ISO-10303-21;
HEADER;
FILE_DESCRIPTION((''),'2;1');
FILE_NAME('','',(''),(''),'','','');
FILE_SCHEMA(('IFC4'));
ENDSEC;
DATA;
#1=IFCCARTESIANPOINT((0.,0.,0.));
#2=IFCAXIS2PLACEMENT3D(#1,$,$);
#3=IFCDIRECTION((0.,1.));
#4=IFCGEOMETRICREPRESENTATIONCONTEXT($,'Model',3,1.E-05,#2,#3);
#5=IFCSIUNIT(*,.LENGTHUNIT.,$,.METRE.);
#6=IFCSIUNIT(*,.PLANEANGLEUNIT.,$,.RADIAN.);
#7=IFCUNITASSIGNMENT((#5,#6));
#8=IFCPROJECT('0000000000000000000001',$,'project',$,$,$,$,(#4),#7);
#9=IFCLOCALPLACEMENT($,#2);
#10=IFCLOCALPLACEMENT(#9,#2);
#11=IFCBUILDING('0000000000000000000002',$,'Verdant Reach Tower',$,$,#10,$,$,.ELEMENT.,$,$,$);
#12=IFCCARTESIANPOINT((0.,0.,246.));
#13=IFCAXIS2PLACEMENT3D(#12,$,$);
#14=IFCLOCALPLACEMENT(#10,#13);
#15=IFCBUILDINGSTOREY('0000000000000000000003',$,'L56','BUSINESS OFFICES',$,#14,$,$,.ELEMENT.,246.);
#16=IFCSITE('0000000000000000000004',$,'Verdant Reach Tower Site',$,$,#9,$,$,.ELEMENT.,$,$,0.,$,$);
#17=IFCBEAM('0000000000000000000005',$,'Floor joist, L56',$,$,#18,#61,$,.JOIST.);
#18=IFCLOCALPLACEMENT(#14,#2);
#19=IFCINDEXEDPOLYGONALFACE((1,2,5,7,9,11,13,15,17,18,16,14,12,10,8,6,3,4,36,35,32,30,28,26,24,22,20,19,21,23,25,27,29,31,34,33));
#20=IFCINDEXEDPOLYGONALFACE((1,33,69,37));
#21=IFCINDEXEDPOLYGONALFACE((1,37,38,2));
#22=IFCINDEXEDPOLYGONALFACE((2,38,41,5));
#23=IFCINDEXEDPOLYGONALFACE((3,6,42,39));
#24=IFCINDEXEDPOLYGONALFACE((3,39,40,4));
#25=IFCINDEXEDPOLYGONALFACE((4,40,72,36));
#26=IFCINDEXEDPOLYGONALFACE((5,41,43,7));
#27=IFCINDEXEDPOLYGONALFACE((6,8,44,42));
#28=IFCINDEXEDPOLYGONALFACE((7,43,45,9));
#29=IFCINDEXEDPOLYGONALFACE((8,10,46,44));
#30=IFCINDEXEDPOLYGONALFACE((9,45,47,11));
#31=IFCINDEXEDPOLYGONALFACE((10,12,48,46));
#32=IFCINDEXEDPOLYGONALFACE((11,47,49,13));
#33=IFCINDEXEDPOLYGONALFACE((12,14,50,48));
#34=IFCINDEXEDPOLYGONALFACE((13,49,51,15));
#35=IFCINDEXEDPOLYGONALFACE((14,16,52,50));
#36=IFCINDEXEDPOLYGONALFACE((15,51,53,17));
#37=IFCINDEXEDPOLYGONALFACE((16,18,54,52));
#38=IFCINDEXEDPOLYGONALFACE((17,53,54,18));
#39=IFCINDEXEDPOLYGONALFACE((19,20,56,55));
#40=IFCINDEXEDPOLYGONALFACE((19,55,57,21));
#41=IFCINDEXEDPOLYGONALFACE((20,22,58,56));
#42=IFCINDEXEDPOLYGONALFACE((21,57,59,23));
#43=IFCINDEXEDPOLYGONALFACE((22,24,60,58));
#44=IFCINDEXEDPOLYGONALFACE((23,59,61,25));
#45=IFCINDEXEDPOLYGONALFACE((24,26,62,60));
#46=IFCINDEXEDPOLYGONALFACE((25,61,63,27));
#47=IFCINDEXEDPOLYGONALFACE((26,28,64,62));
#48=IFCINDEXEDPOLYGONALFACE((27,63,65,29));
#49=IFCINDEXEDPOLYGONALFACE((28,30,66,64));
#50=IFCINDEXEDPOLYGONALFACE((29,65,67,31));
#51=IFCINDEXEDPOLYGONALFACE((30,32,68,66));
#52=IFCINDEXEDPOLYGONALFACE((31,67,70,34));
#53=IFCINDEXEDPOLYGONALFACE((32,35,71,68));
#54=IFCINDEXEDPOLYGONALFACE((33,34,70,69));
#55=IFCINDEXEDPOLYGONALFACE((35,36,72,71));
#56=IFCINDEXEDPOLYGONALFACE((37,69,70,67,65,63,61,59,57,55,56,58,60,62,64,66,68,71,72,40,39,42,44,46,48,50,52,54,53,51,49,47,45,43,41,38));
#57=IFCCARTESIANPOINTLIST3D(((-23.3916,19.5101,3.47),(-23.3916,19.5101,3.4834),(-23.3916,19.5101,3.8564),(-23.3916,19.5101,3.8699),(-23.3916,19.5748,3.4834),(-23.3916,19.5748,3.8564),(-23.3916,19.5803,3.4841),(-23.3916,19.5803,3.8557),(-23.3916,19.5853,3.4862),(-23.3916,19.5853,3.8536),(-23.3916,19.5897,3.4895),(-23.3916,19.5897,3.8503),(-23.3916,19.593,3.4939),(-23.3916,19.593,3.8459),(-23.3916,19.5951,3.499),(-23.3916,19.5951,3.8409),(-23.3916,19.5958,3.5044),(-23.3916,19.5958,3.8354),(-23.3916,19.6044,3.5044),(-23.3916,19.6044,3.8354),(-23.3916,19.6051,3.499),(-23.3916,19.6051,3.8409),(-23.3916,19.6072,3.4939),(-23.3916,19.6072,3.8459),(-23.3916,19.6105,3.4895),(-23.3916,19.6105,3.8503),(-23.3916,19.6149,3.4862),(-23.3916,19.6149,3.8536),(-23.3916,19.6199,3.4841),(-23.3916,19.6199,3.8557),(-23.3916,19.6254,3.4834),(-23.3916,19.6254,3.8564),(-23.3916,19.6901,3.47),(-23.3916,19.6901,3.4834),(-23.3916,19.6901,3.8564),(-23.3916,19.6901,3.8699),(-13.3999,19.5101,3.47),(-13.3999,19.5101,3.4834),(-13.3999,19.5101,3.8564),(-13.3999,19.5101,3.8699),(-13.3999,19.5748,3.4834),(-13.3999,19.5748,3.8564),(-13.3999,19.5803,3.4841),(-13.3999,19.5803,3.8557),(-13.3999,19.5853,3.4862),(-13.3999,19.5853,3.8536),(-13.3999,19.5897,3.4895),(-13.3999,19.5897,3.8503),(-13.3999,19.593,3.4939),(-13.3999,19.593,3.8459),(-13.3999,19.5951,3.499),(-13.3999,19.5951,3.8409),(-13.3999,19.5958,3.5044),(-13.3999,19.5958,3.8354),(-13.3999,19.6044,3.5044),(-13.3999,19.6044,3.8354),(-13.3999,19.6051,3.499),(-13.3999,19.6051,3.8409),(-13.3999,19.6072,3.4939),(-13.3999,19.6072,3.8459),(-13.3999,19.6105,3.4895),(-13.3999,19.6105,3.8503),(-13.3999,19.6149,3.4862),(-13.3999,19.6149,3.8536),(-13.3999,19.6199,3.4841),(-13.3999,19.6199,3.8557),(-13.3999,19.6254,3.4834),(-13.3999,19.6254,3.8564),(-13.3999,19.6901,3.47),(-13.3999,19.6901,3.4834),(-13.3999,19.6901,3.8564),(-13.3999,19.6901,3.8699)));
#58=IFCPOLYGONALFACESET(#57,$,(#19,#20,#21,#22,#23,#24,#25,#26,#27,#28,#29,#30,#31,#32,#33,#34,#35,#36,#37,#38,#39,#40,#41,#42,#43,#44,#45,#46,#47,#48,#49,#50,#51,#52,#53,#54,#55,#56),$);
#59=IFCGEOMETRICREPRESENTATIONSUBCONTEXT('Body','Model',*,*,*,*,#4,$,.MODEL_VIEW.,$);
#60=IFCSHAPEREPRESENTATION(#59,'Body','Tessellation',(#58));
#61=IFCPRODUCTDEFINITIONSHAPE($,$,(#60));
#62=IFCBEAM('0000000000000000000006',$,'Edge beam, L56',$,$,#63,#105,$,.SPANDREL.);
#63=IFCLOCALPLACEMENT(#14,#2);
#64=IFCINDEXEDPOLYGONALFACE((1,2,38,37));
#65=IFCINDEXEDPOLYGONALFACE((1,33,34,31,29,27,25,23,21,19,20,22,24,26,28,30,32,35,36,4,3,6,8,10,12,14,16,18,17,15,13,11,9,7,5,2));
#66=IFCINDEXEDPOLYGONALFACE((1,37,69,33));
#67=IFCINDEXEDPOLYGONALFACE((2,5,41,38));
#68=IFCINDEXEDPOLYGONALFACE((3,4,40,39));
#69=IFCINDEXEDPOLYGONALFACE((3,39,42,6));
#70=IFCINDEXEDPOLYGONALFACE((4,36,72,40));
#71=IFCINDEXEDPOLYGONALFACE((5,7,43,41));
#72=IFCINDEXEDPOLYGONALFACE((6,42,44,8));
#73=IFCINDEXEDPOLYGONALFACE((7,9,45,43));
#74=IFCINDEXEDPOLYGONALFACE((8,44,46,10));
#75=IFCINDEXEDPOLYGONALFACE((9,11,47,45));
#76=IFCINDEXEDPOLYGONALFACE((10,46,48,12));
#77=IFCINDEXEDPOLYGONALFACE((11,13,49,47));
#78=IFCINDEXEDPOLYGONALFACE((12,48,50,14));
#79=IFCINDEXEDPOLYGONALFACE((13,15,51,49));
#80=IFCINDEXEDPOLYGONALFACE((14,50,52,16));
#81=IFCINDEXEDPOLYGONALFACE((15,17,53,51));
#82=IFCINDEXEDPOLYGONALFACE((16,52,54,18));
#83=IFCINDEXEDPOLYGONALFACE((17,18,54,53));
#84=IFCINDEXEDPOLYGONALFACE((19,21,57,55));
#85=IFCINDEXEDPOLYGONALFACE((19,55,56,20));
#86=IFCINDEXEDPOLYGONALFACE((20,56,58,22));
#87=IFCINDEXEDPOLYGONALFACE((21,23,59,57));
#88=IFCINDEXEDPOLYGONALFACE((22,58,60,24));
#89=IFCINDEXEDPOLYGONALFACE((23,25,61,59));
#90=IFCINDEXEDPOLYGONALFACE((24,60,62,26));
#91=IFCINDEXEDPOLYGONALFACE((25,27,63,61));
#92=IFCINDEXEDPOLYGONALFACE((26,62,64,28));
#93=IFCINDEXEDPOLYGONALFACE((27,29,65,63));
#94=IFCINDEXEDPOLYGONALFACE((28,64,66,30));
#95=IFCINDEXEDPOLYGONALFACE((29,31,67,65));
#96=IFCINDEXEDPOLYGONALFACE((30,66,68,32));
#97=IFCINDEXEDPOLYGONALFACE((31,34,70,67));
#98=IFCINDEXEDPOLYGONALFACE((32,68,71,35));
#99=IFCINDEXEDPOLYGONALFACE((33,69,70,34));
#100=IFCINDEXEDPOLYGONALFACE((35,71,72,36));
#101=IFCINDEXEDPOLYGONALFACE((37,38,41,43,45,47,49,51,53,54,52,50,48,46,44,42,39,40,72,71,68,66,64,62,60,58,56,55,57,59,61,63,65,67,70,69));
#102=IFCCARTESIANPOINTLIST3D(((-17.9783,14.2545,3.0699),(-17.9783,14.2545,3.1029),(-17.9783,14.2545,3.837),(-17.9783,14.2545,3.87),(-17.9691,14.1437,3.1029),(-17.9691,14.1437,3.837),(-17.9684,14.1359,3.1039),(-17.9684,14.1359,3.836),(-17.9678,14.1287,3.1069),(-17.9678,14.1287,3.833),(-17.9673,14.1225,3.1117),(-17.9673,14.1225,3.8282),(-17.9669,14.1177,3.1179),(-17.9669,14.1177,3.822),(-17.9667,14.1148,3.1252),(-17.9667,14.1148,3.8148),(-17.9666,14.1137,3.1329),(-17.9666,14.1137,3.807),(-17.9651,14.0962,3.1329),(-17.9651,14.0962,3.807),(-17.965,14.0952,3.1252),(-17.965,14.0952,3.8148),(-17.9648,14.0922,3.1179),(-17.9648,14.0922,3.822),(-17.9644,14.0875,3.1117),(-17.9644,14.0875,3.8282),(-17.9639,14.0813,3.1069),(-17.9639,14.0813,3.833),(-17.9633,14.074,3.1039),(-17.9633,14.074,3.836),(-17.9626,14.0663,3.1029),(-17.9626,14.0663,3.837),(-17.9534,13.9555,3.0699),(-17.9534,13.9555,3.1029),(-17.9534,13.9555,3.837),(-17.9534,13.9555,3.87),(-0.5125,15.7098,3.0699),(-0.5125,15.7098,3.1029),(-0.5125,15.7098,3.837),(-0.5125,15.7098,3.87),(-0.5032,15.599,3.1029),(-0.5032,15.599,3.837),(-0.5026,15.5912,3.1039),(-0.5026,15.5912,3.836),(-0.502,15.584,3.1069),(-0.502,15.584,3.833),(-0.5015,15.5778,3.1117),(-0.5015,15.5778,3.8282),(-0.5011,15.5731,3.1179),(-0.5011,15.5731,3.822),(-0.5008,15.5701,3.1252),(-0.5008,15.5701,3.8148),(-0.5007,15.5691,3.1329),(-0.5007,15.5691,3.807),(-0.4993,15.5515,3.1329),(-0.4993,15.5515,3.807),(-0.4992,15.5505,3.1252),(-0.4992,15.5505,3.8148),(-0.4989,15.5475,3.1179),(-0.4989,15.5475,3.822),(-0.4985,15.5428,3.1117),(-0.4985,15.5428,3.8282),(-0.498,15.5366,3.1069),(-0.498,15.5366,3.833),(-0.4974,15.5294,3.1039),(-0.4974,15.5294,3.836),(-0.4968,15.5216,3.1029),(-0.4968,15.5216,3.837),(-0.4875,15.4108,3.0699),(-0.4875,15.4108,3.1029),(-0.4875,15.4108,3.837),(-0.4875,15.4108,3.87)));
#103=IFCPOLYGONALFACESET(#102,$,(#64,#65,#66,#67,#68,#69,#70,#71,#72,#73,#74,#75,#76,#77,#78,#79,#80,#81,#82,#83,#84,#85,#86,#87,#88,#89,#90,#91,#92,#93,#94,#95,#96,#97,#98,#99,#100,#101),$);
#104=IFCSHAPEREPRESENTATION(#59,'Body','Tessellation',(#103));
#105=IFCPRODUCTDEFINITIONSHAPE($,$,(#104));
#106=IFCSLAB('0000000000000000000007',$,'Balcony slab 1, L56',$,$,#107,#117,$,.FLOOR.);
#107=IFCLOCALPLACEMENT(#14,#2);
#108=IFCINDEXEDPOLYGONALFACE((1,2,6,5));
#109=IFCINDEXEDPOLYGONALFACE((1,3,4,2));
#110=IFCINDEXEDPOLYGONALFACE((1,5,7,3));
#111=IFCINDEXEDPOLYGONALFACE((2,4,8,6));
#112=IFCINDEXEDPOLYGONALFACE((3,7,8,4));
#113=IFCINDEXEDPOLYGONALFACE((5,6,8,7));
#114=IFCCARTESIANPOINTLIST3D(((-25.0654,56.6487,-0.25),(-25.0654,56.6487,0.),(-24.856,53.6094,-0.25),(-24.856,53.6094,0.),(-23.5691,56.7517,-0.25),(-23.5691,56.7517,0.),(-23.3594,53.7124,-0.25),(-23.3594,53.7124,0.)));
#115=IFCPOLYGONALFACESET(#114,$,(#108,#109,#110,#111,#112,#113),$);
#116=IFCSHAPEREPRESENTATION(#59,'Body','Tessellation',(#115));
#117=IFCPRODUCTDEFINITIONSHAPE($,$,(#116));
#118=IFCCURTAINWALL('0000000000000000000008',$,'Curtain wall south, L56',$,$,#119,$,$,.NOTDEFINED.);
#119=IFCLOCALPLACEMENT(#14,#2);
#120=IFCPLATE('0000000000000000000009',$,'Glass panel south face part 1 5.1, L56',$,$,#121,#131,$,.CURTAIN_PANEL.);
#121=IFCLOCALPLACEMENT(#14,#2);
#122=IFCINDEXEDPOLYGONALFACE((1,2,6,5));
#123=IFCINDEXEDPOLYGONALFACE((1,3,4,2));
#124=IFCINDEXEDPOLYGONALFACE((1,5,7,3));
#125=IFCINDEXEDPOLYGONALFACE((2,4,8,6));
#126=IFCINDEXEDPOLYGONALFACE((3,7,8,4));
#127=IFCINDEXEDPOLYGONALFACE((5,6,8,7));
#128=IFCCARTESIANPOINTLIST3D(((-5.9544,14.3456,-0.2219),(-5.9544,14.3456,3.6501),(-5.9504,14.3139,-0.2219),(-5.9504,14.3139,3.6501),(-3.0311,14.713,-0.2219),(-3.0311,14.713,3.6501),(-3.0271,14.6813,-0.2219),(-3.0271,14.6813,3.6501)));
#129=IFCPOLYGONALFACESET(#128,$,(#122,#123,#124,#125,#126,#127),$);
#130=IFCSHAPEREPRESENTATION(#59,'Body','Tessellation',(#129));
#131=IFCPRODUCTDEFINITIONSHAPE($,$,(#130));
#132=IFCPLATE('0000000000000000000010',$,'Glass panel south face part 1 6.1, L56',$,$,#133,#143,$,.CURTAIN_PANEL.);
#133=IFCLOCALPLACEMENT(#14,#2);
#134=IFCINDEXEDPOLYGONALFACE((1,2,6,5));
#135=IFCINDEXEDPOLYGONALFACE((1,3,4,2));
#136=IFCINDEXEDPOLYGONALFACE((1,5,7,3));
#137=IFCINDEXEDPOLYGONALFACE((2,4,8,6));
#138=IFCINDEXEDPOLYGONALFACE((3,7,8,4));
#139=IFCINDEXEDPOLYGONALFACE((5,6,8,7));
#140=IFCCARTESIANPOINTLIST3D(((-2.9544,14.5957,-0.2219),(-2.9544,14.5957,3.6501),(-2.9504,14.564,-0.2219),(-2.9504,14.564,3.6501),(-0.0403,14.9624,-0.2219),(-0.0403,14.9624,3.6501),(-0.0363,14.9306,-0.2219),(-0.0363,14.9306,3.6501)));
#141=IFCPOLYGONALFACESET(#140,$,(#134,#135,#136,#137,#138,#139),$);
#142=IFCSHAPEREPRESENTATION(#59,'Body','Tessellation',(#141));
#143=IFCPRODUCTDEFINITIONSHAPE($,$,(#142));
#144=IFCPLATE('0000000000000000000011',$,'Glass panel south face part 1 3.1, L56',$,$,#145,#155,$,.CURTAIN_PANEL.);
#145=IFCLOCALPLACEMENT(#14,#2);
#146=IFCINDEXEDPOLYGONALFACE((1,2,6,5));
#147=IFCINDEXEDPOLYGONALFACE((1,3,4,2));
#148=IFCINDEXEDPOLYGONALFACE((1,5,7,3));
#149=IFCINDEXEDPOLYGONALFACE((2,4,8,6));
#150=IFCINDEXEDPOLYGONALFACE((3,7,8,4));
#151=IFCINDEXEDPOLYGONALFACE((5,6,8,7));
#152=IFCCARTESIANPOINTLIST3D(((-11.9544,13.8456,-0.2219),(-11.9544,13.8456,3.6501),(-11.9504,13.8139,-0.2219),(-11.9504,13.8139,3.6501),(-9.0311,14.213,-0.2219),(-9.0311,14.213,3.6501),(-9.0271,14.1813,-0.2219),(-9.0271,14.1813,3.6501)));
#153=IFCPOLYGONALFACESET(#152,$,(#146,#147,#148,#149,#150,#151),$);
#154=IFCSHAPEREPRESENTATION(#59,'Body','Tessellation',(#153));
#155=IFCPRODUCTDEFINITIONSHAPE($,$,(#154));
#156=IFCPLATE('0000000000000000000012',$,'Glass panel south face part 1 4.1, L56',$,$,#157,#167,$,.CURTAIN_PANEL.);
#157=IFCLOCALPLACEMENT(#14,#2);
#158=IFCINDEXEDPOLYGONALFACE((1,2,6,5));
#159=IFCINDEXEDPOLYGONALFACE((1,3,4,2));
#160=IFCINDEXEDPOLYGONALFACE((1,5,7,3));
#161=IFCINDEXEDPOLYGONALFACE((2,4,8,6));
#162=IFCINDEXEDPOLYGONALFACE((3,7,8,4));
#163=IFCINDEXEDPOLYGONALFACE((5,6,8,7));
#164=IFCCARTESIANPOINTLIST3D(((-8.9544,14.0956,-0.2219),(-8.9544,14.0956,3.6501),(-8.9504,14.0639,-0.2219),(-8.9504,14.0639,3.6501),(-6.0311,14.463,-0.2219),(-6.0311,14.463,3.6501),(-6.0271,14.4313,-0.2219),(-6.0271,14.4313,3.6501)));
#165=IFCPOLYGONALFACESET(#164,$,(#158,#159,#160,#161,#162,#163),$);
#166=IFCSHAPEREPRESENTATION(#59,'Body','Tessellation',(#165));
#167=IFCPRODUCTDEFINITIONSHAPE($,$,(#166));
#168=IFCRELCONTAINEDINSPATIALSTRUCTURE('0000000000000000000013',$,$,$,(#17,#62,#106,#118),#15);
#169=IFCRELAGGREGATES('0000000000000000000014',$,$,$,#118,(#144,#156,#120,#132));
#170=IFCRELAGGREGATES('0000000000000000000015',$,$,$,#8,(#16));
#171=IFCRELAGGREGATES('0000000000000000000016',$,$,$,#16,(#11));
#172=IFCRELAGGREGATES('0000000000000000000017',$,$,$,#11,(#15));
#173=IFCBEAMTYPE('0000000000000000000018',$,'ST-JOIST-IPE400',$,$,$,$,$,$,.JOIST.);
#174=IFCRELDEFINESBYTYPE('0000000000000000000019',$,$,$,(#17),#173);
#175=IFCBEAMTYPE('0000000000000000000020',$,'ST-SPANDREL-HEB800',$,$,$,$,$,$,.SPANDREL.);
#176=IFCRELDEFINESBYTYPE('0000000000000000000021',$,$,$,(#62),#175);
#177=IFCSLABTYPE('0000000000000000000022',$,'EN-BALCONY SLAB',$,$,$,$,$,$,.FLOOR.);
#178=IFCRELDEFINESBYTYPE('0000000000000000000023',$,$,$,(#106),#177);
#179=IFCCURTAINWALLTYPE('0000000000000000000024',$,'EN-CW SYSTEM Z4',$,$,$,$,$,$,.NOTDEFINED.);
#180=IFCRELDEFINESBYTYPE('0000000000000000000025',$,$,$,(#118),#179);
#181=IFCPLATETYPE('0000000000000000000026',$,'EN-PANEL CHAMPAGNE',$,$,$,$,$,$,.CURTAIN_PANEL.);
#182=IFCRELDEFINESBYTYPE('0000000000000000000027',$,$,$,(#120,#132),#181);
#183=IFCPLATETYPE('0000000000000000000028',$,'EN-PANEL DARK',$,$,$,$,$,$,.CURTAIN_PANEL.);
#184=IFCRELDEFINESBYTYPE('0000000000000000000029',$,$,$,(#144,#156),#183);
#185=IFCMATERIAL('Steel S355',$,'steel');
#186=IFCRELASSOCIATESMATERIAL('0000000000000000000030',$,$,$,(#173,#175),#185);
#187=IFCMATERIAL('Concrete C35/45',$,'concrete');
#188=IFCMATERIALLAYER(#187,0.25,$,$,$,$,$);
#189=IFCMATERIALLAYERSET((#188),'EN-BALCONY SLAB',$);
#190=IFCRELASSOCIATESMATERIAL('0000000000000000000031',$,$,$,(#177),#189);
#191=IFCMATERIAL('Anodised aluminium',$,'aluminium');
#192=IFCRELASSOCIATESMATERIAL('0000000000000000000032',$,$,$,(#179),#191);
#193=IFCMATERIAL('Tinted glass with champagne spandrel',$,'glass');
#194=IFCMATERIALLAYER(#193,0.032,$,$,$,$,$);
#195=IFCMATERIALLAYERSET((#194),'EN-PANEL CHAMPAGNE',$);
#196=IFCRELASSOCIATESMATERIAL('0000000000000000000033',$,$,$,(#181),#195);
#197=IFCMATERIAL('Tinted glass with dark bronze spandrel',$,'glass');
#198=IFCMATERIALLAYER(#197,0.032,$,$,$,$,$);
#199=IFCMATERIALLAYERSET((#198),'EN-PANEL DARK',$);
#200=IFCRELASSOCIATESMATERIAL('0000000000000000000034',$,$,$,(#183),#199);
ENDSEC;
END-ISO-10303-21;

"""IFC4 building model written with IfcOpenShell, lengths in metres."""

from ifc_helpers import new_model, si_unit, direction, frame, origin, origin_2d, place, context, subcontext, project, spatial, polyline, rectangle, i_section, outline, extrude, material, layer, layer_set, material_profile, profile_set, type_object, element, aggregate, save


model = new_model("IFC4")

# Units and contexts
model_context = context("Model", 3, precision=1e-05, world=origin(), true_north=direction((0.0, 1.0)))
body_context = subcontext(model_context, "Body", "Model", "MODEL_VIEW")
ifc_project = project(units=[si_unit("LENGTHUNIT", "METRE"), si_unit("PLANEANGLEUNIT", "RADIAN")], contexts=[model_context])

# Site, building, storey
site_placement = place(None, origin())
site = spatial("IfcSite", under=ifc_project, at=site_placement, Name="Verdant Reach Tower Site", CompositionType="ELEMENT", RefElevation=0.0)
building_placement = place(site_placement, origin())
building = spatial("IfcBuilding", under=site, at=building_placement, Name="Verdant Reach Tower", CompositionType="ELEMENT")
storey_placement = place(building_placement, frame((0.0, 0.0, 246.0)))
storey = spatial("IfcBuildingStorey", under=building, at=storey_placement, Name="L56", Description="BUSINESS OFFICES", CompositionType="ELEMENT", Elevation=246.0)

# Beams
ifc_material_1 = material(Name="Steel S355", Category="steel")
ifc_material_profile_1 = material_profile(ifc_material_1, i_section(OverallWidth=0.1799, OverallDepth=0.3999, WebThickness=0.0085, FlangeThickness=0.0134, FilletRadius=0.021, at=origin_2d()), Name="IPE 400")
ifc_profile_set_1 = profile_set([ifc_material_profile_1], Name="Steel S355")
beam_type_1 = type_object("IfcBeamType", Name="ST-JOIST-IPE400", PredefinedType="JOIST", material=ifc_profile_set_1)
beam_1_placement = place(storey_placement, frame((-13.3999, 19.6001, 3.6699), z_axis=(-1.0, 0.0, 0.0), x_axis=(0.0, -1.0, 0.0)))
element("IfcBeam", 1, at=beam_1_placement, inside=storey, type_object=beam_type_1, Name="Floor joist, L56", PredefinedType="JOIST", context=body_context, shape_type="SweptSolid", body=[
    extrude(i_section(OverallWidth=0.1799, OverallDepth=0.3999, WebThickness=0.0085, FlangeThickness=0.0134, FilletRadius=0.021, at=origin_2d()), origin(), (0.0, 0.0, 1.0), 9.9917),
])
ifc_material_profile_2 = material_profile(ifc_material_1, i_section(OverallWidth=0.3, OverallDepth=0.8, WebThickness=0.0176, FlangeThickness=0.033, FilletRadius=0.03, at=origin_2d()), Name="HEB 800")
ifc_profile_set_2 = profile_set([ifc_material_profile_2], Name="Steel S355")
beam_type_2 = type_object("IfcBeamType", Name="ST-SPANDREL-HEB800", PredefinedType="SPANDREL", material=ifc_profile_set_2)
beam_2_placement = place(storey_placement, frame((-0.5, 15.5603, 3.47), z_axis=(-0.996547, -0.083036, 0.0), x_axis=(0.083036, -0.996547, 0.0)))
element("IfcBeam", 2, at=beam_2_placement, inside=storey, type_object=beam_type_2, Name="Edge beam, L56", PredefinedType="SPANDREL", context=body_context, shape_type="SweptSolid", body=[
    extrude(i_section(OverallWidth=0.3, OverallDepth=0.8, WebThickness=0.0176, FlangeThickness=0.033, FilletRadius=0.03, at=origin_2d()), origin(), (0.0, 0.0, 1.0), 17.5264),
])

# Slab
ifc_material_2 = material(Name="Concrete C35/45", Category="concrete")
ifc_layer_1 = layer(ifc_material_2, 0.25)
ifc_layer_set_1 = layer_set([ifc_layer_1], Name="EN-BALCONY SLAB")
slab_type_1 = type_object("IfcSlabType", Name="EN-BALCONY SLAB", PredefinedType="FLOOR", material=ifc_layer_set_1)
slab_1_placement = place(storey_placement, frame((0.0, 0.0, -0.25)))
element("IfcSlab", 3, at=slab_1_placement, inside=storey, type_object=slab_type_1, Name="Balcony slab 1, L56", PredefinedType="FLOOR", context=body_context, shape_type="SweptSolid", body=[
    extrude(outline(polyline([(-23.5691, 56.7517), (-23.3594, 53.7124), (-24.856, 53.6094), (-25.0654, 56.6487), (-23.5691, 56.7517)])), origin(), (0.0, 0.0, 1.0), 0.25),
])

# Curtain wall, plates
ifc_material_3 = material(Name="Anodised aluminium", Category="aluminium")
curtain_wall_type = type_object("IfcCurtainWallType", Name="EN-CW SYSTEM Z4", PredefinedType="NOTDEFINED", material=ifc_material_3)
curtain_wall_placement = place(storey_placement, origin())
curtain_wall = element("IfcCurtainWall", 4, at=curtain_wall_placement, inside=storey, type_object=curtain_wall_type, Name="Curtain wall south, L56", PredefinedType="NOTDEFINED")
ifc_material_4 = material(Name="Tinted glass with champagne spandrel", Category="glass")
ifc_layer_2 = layer(ifc_material_4, 0.032)
ifc_layer_set_2 = layer_set([ifc_layer_2], Name="EN-PANEL CHAMPAGNE")
plate_type_1 = type_object("IfcPlateType", Name="EN-PANEL CHAMPAGNE", PredefinedType="CURTAIN_PANEL", material=ifc_layer_set_2)
plate_1_placement = place(storey_placement, frame((-4.4907, 14.5134, -0.2219), z_axis=(0.0, 0.0, 1.0), x_axis=(0.992194, 0.124704, 0.0)))
plate_1 = element("IfcPlate", 5, at=plate_1_placement, type_object=plate_type_1, Name="Glass panel south face part 1 5.1, L56", PredefinedType="CURTAIN_PANEL", context=body_context, shape_type="SweptSolid", body=[
    extrude(rectangle(XDim=2.9463, YDim=0.032, at=origin_2d()), origin(), (0.0, 0.0, 1.0), 3.8721),
])
plate_2_placement = place(storey_placement, frame((-1.4954, 14.7632, -0.2219), z_axis=(0.0, 0.0, 1.0), x_axis=(0.992178, 0.124832, 0.0)))
plate_2 = element("IfcPlate", 6, at=plate_2_placement, type_object=plate_type_1, Name="Glass panel south face part 1 6.1, L56", PredefinedType="CURTAIN_PANEL", context=body_context, shape_type="SweptSolid", body=[
    extrude(rectangle(XDim=2.937, YDim=0.032, at=origin_2d()), origin(), (0.0, 0.0, 1.0), 3.8721),
])
ifc_material_5 = material(Name="Tinted glass with dark bronze spandrel", Category="glass")
ifc_layer_3 = layer(ifc_material_5, 0.032)
ifc_layer_set_3 = layer_set([ifc_layer_3], Name="EN-PANEL DARK")
plate_type_2 = type_object("IfcPlateType", Name="EN-PANEL DARK", PredefinedType="CURTAIN_PANEL", material=ifc_layer_set_3)
plate_3_placement = place(storey_placement, frame((-10.4907, 14.0134, -0.2219), z_axis=(0.0, 0.0, 1.0), x_axis=(0.992194, 0.124704, 0.0)))
plate_3 = element("IfcPlate", 7, at=plate_3_placement, type_object=plate_type_2, Name="Glass panel south face part 1 3.1, L56", PredefinedType="CURTAIN_PANEL", context=body_context, shape_type="SweptSolid", body=[
    extrude(rectangle(XDim=2.9463, YDim=0.032, at=origin_2d()), origin(), (0.0, 0.0, 1.0), 3.8721),
])
plate_4_placement = place(storey_placement, frame((-7.4907, 14.2634, -0.2219), z_axis=(0.0, 0.0, 1.0), x_axis=(0.992194, 0.124704, 0.0)))
plate_4 = element("IfcPlate", 8, at=plate_4_placement, type_object=plate_type_2, Name="Glass panel south face part 1 4.1, L56", PredefinedType="CURTAIN_PANEL", context=body_context, shape_type="SweptSolid", body=[
    extrude(rectangle(XDim=2.9463, YDim=0.032, at=origin_2d()), origin(), (0.0, 0.0, 1.0), 3.8721),
])
aggregate(curtain_wall, [plate_3, plate_4, plate_1, plate_2])

save(model, "model.ifc")
